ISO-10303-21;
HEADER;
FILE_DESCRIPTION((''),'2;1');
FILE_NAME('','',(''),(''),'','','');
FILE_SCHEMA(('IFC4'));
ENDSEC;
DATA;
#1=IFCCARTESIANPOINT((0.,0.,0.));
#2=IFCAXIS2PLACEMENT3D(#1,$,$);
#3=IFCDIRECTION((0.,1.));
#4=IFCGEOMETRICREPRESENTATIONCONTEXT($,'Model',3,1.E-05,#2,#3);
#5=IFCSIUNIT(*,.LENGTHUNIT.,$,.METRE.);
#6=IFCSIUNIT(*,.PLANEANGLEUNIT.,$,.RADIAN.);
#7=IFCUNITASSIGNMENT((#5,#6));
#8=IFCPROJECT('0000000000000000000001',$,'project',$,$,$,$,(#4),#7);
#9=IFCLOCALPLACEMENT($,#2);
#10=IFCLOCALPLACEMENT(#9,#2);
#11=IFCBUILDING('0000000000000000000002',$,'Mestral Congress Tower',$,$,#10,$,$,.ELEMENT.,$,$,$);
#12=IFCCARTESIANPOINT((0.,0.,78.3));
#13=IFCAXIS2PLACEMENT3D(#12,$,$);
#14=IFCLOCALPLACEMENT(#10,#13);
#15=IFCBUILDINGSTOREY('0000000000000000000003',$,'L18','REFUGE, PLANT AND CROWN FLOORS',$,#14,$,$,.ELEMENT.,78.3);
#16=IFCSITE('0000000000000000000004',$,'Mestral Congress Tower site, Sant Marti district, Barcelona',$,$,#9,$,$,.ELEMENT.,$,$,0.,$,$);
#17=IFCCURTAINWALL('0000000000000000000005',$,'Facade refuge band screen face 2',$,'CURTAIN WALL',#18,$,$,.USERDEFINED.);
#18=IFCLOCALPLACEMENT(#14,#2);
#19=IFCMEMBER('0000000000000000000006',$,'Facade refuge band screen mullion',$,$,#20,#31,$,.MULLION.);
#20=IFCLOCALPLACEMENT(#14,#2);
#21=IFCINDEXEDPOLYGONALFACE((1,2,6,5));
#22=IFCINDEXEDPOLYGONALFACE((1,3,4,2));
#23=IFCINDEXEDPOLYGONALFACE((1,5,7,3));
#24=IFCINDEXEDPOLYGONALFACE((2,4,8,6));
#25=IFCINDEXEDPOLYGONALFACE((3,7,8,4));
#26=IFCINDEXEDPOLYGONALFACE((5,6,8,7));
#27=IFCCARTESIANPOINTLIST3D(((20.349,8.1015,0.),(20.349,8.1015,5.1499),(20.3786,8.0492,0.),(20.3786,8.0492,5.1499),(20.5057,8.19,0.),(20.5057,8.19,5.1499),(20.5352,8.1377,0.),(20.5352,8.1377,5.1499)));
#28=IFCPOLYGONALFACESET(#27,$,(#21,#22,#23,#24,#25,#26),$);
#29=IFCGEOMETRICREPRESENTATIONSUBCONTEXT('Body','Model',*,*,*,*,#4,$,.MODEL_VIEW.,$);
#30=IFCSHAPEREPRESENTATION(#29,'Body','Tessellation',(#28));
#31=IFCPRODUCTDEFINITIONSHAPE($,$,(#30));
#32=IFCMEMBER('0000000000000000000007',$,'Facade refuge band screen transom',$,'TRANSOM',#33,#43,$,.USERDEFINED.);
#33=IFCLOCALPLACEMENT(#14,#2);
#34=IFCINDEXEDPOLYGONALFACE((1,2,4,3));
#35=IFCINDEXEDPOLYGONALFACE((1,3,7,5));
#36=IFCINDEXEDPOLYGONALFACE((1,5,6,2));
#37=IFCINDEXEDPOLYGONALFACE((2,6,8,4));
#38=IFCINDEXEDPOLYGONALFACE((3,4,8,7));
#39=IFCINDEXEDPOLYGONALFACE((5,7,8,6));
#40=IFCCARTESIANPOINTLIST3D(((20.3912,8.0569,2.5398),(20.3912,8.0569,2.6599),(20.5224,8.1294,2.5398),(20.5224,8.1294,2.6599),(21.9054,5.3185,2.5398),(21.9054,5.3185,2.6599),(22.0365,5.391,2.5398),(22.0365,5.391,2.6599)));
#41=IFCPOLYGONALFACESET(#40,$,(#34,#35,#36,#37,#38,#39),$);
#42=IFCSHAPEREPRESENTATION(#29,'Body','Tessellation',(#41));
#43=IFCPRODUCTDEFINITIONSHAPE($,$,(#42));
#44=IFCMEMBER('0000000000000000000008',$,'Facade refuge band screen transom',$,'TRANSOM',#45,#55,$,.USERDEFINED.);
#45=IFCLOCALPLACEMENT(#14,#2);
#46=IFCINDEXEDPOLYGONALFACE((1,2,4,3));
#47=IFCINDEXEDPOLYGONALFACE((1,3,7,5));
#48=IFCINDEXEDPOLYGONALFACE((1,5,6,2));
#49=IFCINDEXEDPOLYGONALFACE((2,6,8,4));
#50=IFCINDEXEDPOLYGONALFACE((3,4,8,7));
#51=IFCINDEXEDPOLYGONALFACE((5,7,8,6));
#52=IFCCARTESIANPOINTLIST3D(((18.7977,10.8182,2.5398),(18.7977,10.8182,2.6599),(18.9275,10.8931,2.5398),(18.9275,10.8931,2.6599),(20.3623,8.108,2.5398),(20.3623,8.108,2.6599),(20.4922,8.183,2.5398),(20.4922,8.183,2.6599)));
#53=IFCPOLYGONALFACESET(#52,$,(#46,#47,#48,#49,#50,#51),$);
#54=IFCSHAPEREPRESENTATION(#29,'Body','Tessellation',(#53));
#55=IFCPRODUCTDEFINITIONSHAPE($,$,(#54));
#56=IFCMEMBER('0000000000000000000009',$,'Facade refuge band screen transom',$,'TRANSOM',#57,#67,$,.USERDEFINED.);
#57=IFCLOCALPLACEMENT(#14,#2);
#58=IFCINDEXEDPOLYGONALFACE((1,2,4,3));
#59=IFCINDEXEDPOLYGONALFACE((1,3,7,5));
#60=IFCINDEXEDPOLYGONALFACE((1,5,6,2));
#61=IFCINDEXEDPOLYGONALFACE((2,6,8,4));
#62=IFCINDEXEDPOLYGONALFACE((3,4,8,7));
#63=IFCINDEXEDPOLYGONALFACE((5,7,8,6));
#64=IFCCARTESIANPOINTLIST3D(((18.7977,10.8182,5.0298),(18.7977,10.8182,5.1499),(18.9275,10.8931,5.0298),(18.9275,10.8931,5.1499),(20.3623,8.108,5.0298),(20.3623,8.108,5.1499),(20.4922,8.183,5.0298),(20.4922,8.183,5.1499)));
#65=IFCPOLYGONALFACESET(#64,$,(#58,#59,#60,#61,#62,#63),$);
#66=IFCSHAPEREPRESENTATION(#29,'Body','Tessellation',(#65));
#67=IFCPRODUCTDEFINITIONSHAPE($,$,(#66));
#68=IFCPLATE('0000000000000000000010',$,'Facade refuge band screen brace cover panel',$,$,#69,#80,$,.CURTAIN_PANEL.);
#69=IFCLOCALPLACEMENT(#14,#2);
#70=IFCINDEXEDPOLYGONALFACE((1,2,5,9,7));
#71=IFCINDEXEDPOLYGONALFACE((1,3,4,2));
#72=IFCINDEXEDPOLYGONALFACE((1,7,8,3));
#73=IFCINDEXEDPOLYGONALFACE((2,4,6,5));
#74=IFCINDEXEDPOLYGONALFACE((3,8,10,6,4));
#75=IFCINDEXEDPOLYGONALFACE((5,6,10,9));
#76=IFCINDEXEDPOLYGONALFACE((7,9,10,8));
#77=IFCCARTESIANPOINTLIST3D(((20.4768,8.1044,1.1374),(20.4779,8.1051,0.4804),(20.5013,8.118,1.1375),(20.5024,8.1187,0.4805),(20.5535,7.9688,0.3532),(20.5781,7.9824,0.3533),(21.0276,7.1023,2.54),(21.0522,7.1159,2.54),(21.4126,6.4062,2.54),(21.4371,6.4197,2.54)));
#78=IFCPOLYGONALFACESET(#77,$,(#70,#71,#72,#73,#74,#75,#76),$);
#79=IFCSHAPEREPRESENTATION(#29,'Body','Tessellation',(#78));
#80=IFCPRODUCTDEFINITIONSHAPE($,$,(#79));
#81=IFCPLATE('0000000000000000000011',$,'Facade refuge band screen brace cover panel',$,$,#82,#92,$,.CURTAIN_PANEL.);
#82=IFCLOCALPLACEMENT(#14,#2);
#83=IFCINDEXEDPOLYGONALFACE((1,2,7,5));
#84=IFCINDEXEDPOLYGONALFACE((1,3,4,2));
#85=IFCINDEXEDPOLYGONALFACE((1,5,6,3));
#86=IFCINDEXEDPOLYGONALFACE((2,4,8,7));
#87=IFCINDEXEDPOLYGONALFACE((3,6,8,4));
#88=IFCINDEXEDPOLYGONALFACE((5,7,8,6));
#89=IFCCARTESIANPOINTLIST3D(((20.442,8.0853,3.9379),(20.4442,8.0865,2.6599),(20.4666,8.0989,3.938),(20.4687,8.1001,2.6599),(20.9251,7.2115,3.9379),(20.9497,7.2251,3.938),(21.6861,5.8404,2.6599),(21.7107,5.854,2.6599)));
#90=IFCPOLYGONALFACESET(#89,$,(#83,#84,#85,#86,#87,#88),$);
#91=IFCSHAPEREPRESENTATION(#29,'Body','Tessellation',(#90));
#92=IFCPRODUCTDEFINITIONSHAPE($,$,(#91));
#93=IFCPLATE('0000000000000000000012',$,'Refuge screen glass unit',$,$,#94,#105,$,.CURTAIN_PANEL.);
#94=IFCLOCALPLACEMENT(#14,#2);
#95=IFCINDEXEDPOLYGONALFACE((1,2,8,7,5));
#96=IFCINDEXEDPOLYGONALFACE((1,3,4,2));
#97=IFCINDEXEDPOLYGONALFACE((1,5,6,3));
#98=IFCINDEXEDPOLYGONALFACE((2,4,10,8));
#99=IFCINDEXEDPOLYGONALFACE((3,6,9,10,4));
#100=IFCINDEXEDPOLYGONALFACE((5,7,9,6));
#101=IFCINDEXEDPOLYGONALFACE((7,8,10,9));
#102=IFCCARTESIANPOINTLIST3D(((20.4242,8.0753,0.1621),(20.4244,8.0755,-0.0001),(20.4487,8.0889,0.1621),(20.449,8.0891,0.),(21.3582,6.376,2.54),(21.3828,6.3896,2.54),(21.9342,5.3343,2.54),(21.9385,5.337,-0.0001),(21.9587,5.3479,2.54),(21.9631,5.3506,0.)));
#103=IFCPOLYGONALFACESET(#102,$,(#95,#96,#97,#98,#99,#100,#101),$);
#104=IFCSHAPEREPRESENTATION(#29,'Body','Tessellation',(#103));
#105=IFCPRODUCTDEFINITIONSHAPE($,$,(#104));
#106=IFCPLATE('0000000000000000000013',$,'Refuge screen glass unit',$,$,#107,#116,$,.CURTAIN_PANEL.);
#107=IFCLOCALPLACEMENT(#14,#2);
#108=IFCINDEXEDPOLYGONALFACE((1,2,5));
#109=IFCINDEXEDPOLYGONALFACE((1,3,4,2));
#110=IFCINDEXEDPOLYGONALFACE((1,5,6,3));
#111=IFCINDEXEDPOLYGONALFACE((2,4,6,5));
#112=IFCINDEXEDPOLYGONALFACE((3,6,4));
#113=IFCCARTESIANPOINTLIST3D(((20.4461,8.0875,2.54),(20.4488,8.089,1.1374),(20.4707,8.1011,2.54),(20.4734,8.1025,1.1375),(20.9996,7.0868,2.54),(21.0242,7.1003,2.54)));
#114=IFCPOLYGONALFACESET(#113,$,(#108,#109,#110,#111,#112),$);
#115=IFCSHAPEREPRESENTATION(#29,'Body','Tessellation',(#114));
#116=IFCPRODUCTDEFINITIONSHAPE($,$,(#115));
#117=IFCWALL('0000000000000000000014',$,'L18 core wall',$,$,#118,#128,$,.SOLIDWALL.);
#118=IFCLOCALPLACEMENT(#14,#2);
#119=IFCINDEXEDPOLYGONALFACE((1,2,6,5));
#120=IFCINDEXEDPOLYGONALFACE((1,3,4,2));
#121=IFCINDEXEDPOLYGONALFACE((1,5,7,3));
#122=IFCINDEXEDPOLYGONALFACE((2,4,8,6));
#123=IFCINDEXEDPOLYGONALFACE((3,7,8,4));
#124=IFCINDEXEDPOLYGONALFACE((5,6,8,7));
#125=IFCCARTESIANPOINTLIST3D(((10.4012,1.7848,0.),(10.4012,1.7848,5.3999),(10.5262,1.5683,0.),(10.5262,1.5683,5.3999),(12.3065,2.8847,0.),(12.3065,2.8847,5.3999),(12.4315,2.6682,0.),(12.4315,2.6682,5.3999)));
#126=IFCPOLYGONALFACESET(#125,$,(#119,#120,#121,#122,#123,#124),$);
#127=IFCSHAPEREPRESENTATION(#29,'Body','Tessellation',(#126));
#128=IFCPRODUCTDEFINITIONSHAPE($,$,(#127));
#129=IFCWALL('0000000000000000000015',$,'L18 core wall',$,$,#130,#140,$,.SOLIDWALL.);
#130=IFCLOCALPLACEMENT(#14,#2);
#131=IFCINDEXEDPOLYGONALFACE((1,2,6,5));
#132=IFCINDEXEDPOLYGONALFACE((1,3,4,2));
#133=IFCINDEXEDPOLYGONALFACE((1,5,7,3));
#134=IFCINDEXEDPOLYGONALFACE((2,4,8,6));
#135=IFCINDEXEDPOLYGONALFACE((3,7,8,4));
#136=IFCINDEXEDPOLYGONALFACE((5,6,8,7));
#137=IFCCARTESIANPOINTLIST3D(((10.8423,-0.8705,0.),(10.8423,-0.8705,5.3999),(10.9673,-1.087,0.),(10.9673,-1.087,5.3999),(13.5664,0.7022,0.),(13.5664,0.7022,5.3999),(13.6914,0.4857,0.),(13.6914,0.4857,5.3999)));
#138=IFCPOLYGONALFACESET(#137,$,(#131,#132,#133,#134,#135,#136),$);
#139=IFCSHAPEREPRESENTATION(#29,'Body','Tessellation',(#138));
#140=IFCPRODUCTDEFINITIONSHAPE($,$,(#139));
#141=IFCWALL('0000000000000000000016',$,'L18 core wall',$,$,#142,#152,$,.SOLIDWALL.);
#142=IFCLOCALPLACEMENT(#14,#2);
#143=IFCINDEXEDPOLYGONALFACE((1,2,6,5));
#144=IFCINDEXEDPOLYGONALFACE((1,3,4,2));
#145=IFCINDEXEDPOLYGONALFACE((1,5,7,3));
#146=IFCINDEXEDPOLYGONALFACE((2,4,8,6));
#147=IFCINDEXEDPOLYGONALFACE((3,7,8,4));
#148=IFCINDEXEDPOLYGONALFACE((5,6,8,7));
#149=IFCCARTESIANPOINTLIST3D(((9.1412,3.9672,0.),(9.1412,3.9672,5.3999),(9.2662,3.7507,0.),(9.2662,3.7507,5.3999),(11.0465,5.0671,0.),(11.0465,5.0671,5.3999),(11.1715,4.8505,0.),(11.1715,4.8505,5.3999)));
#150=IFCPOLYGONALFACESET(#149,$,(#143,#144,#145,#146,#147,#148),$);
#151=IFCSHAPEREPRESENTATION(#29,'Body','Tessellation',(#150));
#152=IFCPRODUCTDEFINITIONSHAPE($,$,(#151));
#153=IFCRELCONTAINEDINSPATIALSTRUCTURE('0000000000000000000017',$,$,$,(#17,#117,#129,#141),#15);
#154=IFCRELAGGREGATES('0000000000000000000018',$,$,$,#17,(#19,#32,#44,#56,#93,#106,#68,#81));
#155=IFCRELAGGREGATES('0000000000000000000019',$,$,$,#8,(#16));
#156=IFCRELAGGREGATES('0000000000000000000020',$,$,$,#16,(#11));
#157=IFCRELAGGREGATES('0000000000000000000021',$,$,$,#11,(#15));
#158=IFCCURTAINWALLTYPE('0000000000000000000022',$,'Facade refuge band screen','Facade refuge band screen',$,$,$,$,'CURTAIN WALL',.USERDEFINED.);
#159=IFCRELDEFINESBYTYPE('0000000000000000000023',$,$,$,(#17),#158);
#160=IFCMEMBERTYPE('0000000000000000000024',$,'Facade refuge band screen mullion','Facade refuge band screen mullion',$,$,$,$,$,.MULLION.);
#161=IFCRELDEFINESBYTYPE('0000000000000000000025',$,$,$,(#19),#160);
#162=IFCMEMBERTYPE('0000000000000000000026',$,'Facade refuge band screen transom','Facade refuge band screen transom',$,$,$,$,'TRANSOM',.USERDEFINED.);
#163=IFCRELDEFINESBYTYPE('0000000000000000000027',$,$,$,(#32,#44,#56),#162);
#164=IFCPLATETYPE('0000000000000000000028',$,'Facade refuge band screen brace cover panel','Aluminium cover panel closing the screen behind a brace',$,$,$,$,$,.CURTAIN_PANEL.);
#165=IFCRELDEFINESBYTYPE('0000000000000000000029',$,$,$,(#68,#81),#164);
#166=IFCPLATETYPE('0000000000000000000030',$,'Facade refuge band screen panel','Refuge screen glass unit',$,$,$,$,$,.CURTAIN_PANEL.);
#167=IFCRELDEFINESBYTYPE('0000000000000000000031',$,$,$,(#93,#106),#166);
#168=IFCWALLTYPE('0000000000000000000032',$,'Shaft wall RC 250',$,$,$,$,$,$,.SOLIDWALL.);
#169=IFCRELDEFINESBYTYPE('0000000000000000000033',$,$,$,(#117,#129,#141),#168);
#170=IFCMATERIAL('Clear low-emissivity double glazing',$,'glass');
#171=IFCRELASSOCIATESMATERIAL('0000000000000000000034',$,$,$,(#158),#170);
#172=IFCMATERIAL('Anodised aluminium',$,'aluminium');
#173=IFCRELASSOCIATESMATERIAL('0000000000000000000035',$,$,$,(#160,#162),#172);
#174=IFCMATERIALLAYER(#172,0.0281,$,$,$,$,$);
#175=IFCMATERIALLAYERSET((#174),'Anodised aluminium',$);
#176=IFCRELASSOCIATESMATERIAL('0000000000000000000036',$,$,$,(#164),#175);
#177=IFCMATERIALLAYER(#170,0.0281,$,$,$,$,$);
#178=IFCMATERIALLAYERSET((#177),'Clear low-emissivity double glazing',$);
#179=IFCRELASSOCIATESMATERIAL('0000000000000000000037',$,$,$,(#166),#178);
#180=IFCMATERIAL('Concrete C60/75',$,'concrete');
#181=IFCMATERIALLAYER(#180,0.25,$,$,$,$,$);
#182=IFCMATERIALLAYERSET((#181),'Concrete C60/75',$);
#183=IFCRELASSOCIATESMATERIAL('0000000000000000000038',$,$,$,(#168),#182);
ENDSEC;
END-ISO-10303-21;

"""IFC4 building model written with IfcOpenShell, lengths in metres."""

from ifc_helpers import new_model, si_unit, direction, frame, frame_2d, origin, origin_2d, place, context, subcontext, project, spatial, polyline, rectangle, outline, extrude, material, layer, layer_set, material_profile, profile_set, type_object, element, aggregate, save


model = new_model("IFC4")

# Units and contexts
model_context = context("Model", 3, precision=1e-05, world=origin(), true_north=direction((0.0, 1.0)))
body_context = subcontext(model_context, "Body", "Model", "MODEL_VIEW")
ifc_project = project(units=[si_unit("LENGTHUNIT", "METRE"), si_unit("PLANEANGLEUNIT", "RADIAN")], contexts=[model_context])

# Site, building, storey
site_placement = place(None, origin())
site = spatial("IfcSite", under=ifc_project, at=site_placement, Name="Mestral Congress Tower site, Sant Marti district, Barcelona", CompositionType="ELEMENT", RefElevation=0.0)
building_placement = place(site_placement, origin())
building = spatial("IfcBuilding", under=site, at=building_placement, Name="Mestral Congress Tower", CompositionType="ELEMENT")
storey_placement = place(building_placement, frame((0.0, 0.0, 78.3)))
storey = spatial("IfcBuildingStorey", under=building, at=storey_placement, Name="L18", Description="REFUGE, PLANT AND CROWN FLOORS", CompositionType="ELEMENT", Elevation=78.3)

# Curtain wall, members, plates
ifc_material_1 = material(Name="Clear low-emissivity double glazing", Category="glass")
curtain_wall_type = type_object("IfcCurtainWallType", Name="Facade refuge band screen", Description="Facade refuge band screen", ElementType="CURTAIN WALL", PredefinedType="USERDEFINED", material=ifc_material_1)
curtain_wall_placement = place(storey_placement, origin())
curtain_wall = element("IfcCurtainWall", 1, at=curtain_wall_placement, inside=storey, type_object=curtain_wall_type, Name="Facade refuge band screen face 2", ObjectType="CURTAIN WALL", PredefinedType="USERDEFINED")
ifc_material_2 = material(Name="Anodised aluminium", Category="aluminium")
ifc_material_profile_1 = material_profile(ifc_material_2, rectangle(XDim=0.1799, YDim=0.0601, at=origin_2d()), Name="CW3 mullion 180 x 60")
ifc_profile_set_1 = profile_set([ifc_material_profile_1], Name="Anodised aluminium")
member_type_1 = type_object("IfcMemberType", Name="Facade refuge band screen mullion", Description="Facade refuge band screen mullion", PredefinedType="MULLION", material=ifc_profile_set_1)
member_1_placement = place(storey_placement, frame((20.4421, 8.1196, 0.0), z_axis=(0.0, 0.0, 1.0), x_axis=(0.87061, 0.491974, 0.0)))
member_1 = element("IfcMember", 2, at=member_1_placement, type_object=member_type_1, Name="Facade refuge band screen mullion", PredefinedType="MULLION", context=body_context, shape_type="SweptSolid", body=[
    extrude(rectangle(XDim=0.1799, YDim=0.0601, at=origin_2d()), origin(), (0.0, 0.0, 1.0), 5.1499),
])
ifc_material_profile_2 = material_profile(ifc_material_2, rectangle(XDim=0.1499, YDim=0.1201, at=origin_2d()), Name="CW3 transom 150 x 120")
ifc_profile_set_2 = profile_set([ifc_material_profile_2], Name="Anodised aluminium")
member_type_2 = type_object("IfcMemberType", Name="Facade refuge band screen transom", Description="Facade refuge band screen transom", ElementType="TRANSOM", PredefinedType="USERDEFINED", material=ifc_profile_set_2)
member_2_placement = place(storey_placement, frame((21.9709, 5.3547, 2.5999), z_axis=(-0.483873, 0.875138, 0.0), x_axis=(-0.875138, -0.483873, 0.0)))
member_2 = element("IfcMember", 3, at=member_2_placement, type_object=member_type_2, Name="Facade refuge band screen transom", ObjectType="TRANSOM", PredefinedType="USERDEFINED", context=body_context, shape_type="SweptSolid", body=[
    extrude(rectangle(XDim=0.1499, YDim=0.1201, at=origin_2d()), origin(), (0.0, 0.0, 1.0), 3.1292),
])
member_3_placement = place(storey_placement, frame((20.4272, 8.1455, 2.5999), z_axis=(-0.49999, 0.866031, 0.0), x_axis=(-0.866031, -0.49999, 0.0)))
member_3 = element("IfcMember", 4, at=member_3_placement, type_object=member_type_2, Name="Facade refuge band screen transom", ObjectType="TRANSOM", PredefinedType="USERDEFINED", context=body_context, shape_type="SweptSolid", body=[
    extrude(rectangle(XDim=0.1499, YDim=0.1201, at=origin_2d()), origin(), (0.0, 0.0, 1.0), 3.1294),
])
member_4_placement = place(storey_placement, frame((20.4272, 8.1455, 5.0898), z_axis=(-0.49999, 0.866031, 0.0), x_axis=(-0.866031, -0.49999, 0.0)))
member_4 = element("IfcMember", 5, at=member_4_placement, type_object=member_type_2, Name="Facade refuge band screen transom", ObjectType="TRANSOM", PredefinedType="USERDEFINED", context=body_context, shape_type="SweptSolid", body=[
    extrude(rectangle(XDim=0.1499, YDim=0.1201, at=origin_2d()), origin(), (0.0, 0.0, 1.0), 3.1294),
])
ifc_layer_1 = layer(ifc_material_2, 0.0281)
ifc_layer_set_1 = layer_set([ifc_layer_1], Name="Anodised aluminium")
plate_type_1 = type_object("IfcPlateType", Name="Facade refuge band screen brace cover panel", Description="Aluminium cover panel closing the screen behind a brace", PredefinedType="CURTAIN_PANEL", material=ifc_layer_set_1)
plate_1_placement = place(storey_placement, frame((20.5024, 8.1187, 0.4805), z_axis=(0.875135, 0.483875, 0.001985), x_axis=(0.375962, -0.67737, -0.632315)))
plate_1 = element("IfcPlate", 6, at=plate_1_placement, type_object=plate_type_1, Name="Facade refuge band screen brace cover panel", PredefinedType="CURTAIN_PANEL", context=body_context, shape_type="SweptSolid", body=[
    extrude(outline(polyline([(0.0, 0.0), (0.2012, 0.0), (0.1999, -2.8217), (-0.4164, -2.3186), (-0.4154, -0.509), (0.0, 0.0)])), origin(), (0.0, 0.0, -1.0), 0.0281),
])
plate_2_placement = place(storey_placement, frame((20.4666, 8.0989, 3.938), z_axis=(0.875126, 0.483891, 0.001961), x_axis=(0.001714, 0.000952, -0.999998)))
plate_2 = element("IfcPlate", 7, at=plate_2_placement, type_object=plate_type_1, Name="Facade refuge band screen brace cover panel", PredefinedType="CURTAIN_PANEL", context=body_context, shape_type="SweptSolid", body=[
    extrude(outline(polyline([(0.0, 0.0), (1.2781, 0.0), (1.2781, -2.5666), (0.0, -0.9985), (0.0, 0.0)])), origin(), (0.0, 0.0, -1.0), 0.0281),
])
ifc_layer_2 = layer(ifc_material_1, 0.0281)
ifc_layer_set_2 = layer_set([ifc_layer_2], Name="Clear low-emissivity double glazing")
plate_type_2 = type_object("IfcPlateType", Name="Facade refuge band screen panel", Description="Refuge screen glass unit", PredefinedType="CURTAIN_PANEL", material=ifc_layer_set_2)
plate_3_placement = place(storey_placement, frame((21.9587, 5.3479, 2.54), z_axis=(0.875142, 0.483862, 0.00201), x_axis=(-0.483863, 0.875144, 0.0)))
plate_3 = element("IfcPlate", 8, at=plate_3_placement, type_object=plate_type_2, Name="Refuge screen glass unit", PredefinedType="CURTAIN_PANEL", context=body_context, shape_type="SweptSolid", body=[
    extrude(outline(polyline([(0.0, 0.0), (1.1903, 0.0), (3.1294, -2.3779), (3.1295, -2.54), (0.0002, -2.54), (0.0, 0.0)])), origin(), (0.0, 0.0, -1.0), 0.0281),
])
plate_4_placement = place(storey_placement, frame((20.4707, 8.1011, 2.54), z_axis=(0.87508, 0.483973, 0.002181), x_axis=(0.001915, 0.001044, -0.999998)))
plate_4 = element("IfcPlate", 9, at=plate_4_placement, type_object=plate_type_2, Name="Refuge screen glass unit", PredefinedType="CURTAIN_PANEL", context=body_context, shape_type="SweptSolid", body=[
    extrude(outline(polyline([(0.0, 0.0), (1.4026, 0.0), (0.0, -1.1436), (0.0, 0.0)])), origin(), (0.0, 0.0, -1.0), 0.0281),
])
aggregate(curtain_wall, [member_1, member_2, member_3, member_4, plate_3, plate_4, plate_1, plate_2])

# Walls
ifc_material_3 = material(Name="Concrete C60/75", Category="concrete")
ifc_layer_3 = layer(ifc_material_3, 0.25)
ifc_layer_set_3 = layer_set([ifc_layer_3], Name="Concrete C60/75")
wall_type_1 = type_object("IfcWallType", Name="Shaft wall RC 250", PredefinedType="SOLIDWALL", material=ifc_layer_set_3)
wall_1_placement = place(storey_placement, frame((10.4636, 1.6765, 0.0), z_axis=(0.0, 0.0, 1.0), x_axis=(0.866056, 0.499947, 0.0)))
element("IfcWall", 10, at=wall_1_placement, inside=storey, type_object=wall_type_1, Name="L18 core wall", PredefinedType="SOLIDWALL", context=body_context, shape_type="SweptSolid", body=[
    extrude(rectangle(XDim=2.2, YDim=0.25, at=frame_2d((1.1001, 0.0))), origin(), (0.0, 0.0, 1.0), 5.3999),
])
wall_2_placement = place(storey_placement, frame((13.6289, 0.594, 0.0), z_axis=(0.0, 0.0, 1.0), x_axis=(-0.866028, -0.499996, 0.0)))
element("IfcWall", 11, at=wall_2_placement, inside=storey, type_object=wall_type_1, Name="L18 core wall", PredefinedType="SOLIDWALL", context=body_context, shape_type="SweptSolid", body=[
    extrude(rectangle(XDim=3.1455, YDim=0.25, at=frame_2d((1.5728, 0.0))), origin(), (0.0, 0.0, 1.0), 5.3999),
])
wall_3_placement = place(storey_placement, frame((9.2036, 3.8589, 0.0), z_axis=(0.0, 0.0, 1.0), x_axis=(0.866056, 0.499947, 0.0)))
element("IfcWall", 12, at=wall_3_placement, inside=storey, type_object=wall_type_1, Name="L18 core wall", PredefinedType="SOLIDWALL", context=body_context, shape_type="SweptSolid", body=[
    extrude(rectangle(XDim=2.2, YDim=0.25, at=frame_2d((1.1001, 0.0))), origin(), (0.0, 0.0, 1.0), 5.3999),
])

save(model, "model.ifc")
